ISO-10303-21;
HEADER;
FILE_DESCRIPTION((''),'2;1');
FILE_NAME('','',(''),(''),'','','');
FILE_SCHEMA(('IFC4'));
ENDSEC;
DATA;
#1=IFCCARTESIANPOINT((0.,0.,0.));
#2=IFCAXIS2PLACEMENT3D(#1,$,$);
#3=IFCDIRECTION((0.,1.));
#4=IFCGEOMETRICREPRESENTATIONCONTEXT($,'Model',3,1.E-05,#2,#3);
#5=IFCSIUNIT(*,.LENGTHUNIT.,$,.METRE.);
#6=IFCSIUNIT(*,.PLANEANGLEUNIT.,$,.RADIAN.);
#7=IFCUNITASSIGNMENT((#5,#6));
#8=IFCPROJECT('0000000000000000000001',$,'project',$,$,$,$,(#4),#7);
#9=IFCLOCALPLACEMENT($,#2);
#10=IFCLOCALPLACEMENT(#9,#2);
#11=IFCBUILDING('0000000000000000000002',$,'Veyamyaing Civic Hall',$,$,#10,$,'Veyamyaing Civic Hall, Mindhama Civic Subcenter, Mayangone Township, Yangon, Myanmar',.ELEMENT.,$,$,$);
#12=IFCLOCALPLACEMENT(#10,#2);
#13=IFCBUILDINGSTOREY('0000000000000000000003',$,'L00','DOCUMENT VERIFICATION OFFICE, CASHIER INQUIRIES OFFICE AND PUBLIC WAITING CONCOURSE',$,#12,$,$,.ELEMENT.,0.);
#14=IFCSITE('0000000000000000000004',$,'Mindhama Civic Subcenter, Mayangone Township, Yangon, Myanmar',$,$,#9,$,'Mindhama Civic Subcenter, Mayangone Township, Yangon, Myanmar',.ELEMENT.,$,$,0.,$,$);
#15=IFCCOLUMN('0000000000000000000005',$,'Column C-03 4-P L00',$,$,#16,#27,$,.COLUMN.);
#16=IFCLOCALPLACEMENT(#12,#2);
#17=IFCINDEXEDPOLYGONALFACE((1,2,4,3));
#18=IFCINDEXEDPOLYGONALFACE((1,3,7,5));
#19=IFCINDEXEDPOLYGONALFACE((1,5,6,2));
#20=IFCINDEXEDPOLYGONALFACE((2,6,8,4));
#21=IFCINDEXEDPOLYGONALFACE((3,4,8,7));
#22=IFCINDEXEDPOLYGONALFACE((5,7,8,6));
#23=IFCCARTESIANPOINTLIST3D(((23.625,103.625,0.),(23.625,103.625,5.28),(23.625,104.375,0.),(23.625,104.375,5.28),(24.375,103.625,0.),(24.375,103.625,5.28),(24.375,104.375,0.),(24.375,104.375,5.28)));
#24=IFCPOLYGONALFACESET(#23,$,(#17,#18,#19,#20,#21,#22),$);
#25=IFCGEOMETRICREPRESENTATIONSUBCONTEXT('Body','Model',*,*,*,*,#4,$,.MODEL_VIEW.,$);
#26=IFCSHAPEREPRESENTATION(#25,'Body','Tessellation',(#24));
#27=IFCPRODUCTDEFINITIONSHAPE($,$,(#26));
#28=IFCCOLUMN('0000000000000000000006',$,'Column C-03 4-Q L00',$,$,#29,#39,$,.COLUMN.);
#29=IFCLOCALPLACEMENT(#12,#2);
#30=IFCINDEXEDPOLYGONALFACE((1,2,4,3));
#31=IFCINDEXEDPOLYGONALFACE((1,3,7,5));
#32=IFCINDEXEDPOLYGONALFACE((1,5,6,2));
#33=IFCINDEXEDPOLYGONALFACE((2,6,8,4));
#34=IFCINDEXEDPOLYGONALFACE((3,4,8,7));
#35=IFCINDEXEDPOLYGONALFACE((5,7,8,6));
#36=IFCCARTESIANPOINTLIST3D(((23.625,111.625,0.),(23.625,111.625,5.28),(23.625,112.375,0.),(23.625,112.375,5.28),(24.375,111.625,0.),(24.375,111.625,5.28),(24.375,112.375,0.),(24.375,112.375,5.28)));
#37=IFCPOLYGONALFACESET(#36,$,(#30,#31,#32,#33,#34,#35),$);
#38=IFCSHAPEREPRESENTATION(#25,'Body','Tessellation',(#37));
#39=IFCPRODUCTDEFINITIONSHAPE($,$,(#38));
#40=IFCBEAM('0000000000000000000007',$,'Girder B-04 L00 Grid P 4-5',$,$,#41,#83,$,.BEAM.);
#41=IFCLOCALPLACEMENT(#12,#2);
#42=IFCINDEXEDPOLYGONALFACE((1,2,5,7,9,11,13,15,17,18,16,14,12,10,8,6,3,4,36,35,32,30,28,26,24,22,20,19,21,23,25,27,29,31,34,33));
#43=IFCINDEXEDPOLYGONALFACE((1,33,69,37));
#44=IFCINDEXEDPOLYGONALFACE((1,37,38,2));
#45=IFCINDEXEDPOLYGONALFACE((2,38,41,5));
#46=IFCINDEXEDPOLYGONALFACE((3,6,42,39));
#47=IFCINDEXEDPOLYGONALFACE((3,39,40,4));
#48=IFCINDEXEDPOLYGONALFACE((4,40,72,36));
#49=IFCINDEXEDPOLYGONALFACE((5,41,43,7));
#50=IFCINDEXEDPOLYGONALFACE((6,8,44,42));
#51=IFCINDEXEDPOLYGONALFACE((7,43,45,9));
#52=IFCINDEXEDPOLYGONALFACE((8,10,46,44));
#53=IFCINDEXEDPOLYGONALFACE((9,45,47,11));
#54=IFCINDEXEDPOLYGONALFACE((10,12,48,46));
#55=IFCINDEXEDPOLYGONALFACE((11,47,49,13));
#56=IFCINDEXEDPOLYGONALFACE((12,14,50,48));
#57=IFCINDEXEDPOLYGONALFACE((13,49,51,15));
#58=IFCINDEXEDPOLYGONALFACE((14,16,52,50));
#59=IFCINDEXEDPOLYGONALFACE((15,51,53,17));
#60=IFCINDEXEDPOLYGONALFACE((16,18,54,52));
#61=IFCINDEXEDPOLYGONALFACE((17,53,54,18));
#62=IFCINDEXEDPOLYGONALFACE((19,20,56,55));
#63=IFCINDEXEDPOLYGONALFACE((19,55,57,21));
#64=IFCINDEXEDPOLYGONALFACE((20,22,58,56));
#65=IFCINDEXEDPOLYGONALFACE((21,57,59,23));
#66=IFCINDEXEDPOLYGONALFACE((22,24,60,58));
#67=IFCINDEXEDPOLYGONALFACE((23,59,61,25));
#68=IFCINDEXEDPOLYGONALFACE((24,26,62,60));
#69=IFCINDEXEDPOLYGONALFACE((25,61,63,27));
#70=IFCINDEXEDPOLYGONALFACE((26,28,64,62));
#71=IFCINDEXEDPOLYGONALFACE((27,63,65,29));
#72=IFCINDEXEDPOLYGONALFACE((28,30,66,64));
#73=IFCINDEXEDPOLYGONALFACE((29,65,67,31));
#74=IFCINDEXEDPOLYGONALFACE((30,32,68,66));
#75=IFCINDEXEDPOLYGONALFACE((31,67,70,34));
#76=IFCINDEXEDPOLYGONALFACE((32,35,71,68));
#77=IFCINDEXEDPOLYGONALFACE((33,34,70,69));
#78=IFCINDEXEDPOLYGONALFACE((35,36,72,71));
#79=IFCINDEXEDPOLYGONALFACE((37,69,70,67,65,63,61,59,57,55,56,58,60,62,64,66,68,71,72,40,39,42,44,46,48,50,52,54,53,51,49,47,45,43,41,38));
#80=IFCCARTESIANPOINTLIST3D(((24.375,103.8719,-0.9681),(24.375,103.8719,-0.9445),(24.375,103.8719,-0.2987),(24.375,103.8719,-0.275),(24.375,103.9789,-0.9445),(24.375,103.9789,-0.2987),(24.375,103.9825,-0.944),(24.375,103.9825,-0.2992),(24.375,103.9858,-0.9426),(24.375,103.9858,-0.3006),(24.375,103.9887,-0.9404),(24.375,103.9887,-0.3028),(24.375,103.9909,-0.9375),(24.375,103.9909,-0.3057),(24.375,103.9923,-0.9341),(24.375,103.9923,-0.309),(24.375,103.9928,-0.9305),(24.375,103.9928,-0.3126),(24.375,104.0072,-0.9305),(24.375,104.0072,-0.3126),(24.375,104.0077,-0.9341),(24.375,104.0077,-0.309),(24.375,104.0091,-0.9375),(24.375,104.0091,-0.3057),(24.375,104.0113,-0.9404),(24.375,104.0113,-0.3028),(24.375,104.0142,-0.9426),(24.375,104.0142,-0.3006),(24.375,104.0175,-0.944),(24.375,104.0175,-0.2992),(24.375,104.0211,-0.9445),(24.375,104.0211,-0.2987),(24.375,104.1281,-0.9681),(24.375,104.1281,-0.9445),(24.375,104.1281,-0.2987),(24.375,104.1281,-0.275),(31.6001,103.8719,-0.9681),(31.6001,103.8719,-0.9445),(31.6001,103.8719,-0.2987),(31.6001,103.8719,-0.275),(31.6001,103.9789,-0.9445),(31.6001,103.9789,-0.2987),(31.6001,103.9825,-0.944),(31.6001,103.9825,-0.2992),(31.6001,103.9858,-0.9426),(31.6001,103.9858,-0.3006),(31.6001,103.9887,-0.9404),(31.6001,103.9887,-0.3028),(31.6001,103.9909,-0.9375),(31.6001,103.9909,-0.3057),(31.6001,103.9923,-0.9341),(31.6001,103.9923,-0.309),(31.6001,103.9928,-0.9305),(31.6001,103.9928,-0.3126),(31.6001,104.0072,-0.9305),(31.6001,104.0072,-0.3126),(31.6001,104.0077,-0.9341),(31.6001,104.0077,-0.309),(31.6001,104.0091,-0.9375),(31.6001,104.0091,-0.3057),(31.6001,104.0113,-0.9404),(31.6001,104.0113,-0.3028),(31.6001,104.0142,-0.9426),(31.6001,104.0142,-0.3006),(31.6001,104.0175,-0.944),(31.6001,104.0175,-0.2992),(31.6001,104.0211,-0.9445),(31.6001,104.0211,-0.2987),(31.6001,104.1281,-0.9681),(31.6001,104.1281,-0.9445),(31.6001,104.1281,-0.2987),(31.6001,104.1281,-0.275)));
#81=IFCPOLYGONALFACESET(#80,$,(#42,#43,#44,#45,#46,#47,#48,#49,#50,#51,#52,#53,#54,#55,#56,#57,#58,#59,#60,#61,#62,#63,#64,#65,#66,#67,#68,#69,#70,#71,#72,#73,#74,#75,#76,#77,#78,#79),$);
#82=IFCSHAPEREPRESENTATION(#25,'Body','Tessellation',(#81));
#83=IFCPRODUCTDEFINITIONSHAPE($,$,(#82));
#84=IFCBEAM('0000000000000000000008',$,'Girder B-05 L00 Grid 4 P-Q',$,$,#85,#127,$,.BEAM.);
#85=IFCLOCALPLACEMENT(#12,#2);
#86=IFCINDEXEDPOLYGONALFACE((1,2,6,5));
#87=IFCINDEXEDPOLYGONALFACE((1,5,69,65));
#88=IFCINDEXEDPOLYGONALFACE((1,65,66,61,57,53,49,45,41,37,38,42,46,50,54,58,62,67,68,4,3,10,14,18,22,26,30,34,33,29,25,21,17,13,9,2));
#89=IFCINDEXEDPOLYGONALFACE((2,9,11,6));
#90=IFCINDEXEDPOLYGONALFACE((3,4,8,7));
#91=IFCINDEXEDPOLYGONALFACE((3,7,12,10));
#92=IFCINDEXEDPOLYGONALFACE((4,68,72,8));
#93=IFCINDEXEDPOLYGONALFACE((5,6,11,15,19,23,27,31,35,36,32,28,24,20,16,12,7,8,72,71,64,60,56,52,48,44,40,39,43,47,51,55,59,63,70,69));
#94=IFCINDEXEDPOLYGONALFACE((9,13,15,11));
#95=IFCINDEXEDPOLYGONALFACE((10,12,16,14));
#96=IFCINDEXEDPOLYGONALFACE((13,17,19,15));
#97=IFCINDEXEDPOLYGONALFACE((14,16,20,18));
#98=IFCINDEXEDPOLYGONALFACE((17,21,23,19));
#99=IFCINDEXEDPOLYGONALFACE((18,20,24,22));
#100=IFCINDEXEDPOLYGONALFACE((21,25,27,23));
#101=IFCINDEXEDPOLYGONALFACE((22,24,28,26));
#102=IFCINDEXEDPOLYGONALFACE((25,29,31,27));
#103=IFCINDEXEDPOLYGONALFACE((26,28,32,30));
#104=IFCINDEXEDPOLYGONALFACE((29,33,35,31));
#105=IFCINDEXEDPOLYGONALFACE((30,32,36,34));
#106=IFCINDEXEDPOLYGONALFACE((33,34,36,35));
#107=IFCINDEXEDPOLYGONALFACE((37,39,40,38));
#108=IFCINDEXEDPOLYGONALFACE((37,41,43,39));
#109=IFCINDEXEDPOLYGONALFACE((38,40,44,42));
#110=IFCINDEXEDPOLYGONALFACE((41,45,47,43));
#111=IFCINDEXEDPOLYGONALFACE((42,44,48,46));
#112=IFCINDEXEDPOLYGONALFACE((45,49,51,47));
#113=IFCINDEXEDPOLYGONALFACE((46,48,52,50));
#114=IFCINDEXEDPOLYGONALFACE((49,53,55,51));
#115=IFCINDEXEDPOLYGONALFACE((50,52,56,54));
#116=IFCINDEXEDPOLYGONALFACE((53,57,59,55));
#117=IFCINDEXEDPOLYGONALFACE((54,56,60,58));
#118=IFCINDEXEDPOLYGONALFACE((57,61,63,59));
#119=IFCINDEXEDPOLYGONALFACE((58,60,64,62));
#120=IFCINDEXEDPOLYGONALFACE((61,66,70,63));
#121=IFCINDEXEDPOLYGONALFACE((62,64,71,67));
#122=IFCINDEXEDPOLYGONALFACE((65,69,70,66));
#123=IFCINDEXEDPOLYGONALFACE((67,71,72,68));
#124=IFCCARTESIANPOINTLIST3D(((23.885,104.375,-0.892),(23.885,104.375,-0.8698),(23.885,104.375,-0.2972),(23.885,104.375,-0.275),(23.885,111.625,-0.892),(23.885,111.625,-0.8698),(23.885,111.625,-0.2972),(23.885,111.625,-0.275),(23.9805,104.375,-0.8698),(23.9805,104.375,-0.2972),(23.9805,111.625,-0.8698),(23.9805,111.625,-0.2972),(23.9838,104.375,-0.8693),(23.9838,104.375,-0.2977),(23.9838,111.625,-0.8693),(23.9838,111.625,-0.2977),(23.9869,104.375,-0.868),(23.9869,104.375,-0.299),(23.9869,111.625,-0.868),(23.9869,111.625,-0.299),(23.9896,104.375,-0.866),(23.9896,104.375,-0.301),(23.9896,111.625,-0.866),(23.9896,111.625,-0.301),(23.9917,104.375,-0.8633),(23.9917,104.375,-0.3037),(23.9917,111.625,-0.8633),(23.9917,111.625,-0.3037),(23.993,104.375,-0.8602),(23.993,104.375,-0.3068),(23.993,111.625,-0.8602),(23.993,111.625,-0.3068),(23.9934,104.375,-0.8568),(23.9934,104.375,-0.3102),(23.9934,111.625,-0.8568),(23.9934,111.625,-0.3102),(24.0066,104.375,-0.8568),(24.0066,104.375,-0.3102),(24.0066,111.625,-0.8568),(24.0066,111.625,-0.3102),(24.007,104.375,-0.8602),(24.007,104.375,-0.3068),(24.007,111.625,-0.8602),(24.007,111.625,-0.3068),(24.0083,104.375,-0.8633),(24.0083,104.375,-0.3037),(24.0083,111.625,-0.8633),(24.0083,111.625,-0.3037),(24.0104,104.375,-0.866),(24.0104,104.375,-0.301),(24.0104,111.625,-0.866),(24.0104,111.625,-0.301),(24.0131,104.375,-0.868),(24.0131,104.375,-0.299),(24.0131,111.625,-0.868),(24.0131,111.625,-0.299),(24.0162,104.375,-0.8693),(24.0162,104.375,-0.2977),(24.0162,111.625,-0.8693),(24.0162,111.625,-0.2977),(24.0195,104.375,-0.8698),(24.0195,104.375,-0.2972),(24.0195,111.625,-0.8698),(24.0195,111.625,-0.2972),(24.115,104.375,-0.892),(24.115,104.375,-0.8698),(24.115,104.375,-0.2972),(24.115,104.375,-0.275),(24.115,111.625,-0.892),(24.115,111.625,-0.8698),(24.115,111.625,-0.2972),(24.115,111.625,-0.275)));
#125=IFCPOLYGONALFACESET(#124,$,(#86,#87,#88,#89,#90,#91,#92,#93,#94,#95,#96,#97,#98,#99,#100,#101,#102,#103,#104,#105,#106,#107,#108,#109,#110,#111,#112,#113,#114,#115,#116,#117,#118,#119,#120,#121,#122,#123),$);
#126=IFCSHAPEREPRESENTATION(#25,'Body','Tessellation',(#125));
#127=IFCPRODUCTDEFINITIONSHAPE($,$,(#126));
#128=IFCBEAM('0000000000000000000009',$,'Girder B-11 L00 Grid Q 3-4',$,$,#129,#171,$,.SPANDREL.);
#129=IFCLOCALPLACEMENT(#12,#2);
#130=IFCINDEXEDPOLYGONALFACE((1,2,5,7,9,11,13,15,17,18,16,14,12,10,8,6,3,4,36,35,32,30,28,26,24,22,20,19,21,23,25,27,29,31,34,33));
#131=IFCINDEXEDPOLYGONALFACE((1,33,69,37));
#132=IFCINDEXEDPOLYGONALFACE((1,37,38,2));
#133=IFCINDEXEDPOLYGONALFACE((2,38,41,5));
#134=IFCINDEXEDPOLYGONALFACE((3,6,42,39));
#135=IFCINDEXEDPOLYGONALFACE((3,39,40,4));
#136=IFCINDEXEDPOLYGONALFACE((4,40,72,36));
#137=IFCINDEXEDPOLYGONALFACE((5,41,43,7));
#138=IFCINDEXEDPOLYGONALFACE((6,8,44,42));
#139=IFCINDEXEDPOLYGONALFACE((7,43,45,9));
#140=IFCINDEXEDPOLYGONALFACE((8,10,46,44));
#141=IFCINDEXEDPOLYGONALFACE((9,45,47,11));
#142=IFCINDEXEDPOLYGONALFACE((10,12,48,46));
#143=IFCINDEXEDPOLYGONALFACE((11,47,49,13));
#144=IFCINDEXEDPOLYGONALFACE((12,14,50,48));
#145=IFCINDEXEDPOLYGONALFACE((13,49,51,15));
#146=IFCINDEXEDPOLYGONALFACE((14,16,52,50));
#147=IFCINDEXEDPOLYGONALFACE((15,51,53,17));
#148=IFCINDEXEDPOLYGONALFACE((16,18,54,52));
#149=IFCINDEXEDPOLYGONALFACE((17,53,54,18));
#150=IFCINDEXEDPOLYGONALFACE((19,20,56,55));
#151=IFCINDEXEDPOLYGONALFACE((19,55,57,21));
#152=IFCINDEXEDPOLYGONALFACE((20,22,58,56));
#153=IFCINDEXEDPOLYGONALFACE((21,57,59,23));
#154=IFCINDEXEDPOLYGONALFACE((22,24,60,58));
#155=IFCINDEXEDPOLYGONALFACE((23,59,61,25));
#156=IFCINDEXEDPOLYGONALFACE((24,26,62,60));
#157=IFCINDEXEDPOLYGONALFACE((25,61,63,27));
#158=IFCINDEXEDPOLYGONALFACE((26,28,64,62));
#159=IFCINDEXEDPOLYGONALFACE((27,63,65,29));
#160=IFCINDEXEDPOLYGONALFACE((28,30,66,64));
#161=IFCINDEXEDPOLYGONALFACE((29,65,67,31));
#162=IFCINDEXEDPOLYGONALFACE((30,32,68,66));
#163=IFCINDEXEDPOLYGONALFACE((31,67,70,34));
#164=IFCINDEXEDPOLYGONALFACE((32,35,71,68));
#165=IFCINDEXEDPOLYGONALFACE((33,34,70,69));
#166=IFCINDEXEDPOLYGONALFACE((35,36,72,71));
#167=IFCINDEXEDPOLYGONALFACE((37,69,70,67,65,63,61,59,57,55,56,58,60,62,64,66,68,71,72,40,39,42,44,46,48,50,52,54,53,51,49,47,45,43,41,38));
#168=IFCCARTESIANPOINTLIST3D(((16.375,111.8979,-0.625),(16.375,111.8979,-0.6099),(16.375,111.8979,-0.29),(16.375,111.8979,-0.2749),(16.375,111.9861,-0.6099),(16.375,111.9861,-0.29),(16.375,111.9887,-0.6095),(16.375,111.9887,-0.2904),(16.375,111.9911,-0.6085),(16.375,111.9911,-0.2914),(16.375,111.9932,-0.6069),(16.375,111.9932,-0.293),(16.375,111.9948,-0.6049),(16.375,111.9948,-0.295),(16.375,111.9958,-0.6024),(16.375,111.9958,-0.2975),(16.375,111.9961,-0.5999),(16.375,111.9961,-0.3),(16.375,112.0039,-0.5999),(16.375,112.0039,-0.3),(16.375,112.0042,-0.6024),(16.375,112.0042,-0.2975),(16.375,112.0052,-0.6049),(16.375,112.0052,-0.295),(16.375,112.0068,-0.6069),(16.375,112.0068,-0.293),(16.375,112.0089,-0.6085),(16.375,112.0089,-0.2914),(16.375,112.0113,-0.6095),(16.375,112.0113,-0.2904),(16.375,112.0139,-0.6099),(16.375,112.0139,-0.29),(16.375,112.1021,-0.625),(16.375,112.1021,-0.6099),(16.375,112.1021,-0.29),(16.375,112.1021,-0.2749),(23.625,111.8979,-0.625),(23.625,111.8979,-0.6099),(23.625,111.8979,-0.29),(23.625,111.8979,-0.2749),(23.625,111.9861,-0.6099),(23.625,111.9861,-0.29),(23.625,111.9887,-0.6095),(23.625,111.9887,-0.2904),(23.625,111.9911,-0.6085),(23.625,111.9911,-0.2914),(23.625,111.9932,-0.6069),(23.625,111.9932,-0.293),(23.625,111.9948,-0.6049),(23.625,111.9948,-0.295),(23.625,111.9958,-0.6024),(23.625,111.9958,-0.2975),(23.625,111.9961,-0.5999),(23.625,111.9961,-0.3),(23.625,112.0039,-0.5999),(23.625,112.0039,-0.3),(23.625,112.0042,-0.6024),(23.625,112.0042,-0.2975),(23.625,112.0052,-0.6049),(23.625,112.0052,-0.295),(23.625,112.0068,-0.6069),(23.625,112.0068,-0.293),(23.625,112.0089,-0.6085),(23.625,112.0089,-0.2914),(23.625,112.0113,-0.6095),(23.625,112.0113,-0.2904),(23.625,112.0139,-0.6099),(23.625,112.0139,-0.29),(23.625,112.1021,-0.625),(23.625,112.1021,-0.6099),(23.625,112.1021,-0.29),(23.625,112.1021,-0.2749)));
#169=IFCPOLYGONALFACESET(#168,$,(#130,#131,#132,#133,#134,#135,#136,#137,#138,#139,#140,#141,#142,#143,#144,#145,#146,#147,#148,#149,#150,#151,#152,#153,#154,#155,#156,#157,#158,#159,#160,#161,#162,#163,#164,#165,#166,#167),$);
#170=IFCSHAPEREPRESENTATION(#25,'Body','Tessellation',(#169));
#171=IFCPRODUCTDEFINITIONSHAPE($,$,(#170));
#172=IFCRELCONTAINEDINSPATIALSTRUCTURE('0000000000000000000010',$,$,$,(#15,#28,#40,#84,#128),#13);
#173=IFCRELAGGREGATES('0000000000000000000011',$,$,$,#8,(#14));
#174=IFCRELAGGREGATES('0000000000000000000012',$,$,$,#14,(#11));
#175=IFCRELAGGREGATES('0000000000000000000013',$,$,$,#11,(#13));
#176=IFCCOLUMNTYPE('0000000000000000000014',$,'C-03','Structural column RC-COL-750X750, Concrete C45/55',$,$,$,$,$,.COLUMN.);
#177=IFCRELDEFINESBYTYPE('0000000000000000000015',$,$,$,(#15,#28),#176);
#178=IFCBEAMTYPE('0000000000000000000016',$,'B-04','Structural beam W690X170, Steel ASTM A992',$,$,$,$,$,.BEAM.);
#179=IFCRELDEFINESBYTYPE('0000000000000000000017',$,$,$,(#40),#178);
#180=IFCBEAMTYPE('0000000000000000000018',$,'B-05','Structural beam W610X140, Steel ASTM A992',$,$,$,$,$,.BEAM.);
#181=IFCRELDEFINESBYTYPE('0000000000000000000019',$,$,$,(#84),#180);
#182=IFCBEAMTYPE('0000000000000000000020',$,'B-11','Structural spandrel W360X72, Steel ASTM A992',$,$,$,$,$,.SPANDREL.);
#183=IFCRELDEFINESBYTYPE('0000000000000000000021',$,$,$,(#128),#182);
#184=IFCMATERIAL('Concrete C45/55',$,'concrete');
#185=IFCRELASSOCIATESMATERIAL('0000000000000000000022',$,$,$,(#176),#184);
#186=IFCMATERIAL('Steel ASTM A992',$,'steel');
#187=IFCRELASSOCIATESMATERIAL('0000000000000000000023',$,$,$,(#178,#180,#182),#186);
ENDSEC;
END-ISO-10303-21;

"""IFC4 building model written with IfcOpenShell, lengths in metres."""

from ifc_helpers import new_model, si_unit, direction, frame, origin, origin_2d, place, context, subcontext, project, spatial, rectangle, i_section, extrude, material, material_profile, profile_set, type_object, element, save


model = new_model("IFC4")

# Units and contexts
model_context = context("Model", 3, precision=1e-05, world=origin(), true_north=direction((0.0, 1.0)))
body_context = subcontext(model_context, "Body", "Model", "MODEL_VIEW")
ifc_project = project(units=[si_unit("LENGTHUNIT", "METRE"), si_unit("PLANEANGLEUNIT", "RADIAN")], contexts=[model_context])

# Site, building, storey
site_placement = place(None, origin())
site = spatial("IfcSite", under=ifc_project, at=site_placement, Name="Mindhama Civic Subcenter, Mayangone Township, Yangon, Myanmar", LongName="Mindhama Civic Subcenter, Mayangone Township, Yangon, Myanmar", CompositionType="ELEMENT", RefElevation=0.0)
building_placement = place(site_placement, origin())
building = spatial("IfcBuilding", under=site, at=building_placement, Name="Veyamyaing Civic Hall", LongName="Veyamyaing Civic Hall, Mindhama Civic Subcenter, Mayangone Township, Yangon, Myanmar", CompositionType="ELEMENT")
storey_placement = place(building_placement, origin())
storey = spatial("IfcBuildingStorey", under=building, at=storey_placement, Name="L00", Description="DOCUMENT VERIFICATION OFFICE, CASHIER INQUIRIES OFFICE AND PUBLIC WAITING CONCOURSE", CompositionType="ELEMENT", Elevation=0.0)

# Columns
ifc_material_1 = material(Name="Concrete C45/55", Category="concrete")
ifc_material_profile_1 = material_profile(ifc_material_1, rectangle(XDim=0.75, YDim=0.75, at=origin_2d()), Name="RC-COL-750X750")
ifc_profile_set_1 = profile_set([ifc_material_profile_1], Name="Concrete C45/55")
column_type = type_object("IfcColumnType", Name="C-03", Description="Structural column RC-COL-750X750, Concrete C45/55", PredefinedType="COLUMN", material=ifc_profile_set_1)
for number, where, z_axis, x_axis, name in (
    (1, (24.0, 104.0, 0.0), (0.0, 0.0, 1.0), (1.0, 0.0, 0.0), "Column C-03 4-P L00"),
    (2, (24.0, 112.0, 0.0), (0.0, 0.0, 1.0), (1.0, 0.0, 0.0), "Column C-03 4-Q L00"),
):
    element("IfcColumn", number, at=place(storey_placement, frame(where, z_axis=z_axis, x_axis=x_axis)), inside=storey, type_object=column_type, Name=name, PredefinedType="COLUMN", context=body_context, shape_type="SweptSolid", body=[
        extrude(rectangle(XDim=0.75, YDim=0.75, at=origin_2d()), origin(), (0.0, 0.0, 1.0), 5.28),
    ])

# Beams
ifc_material_2 = material(Name="Steel ASTM A992", Category="steel")
ifc_material_profile_2 = material_profile(ifc_material_2, i_section(OverallWidth=0.2561, OverallDepth=0.6931, WebThickness=0.0144, FlangeThickness=0.0237, FilletRadius=0.0139, at=origin_2d()), Name="W690X170")
ifc_profile_set_2 = profile_set([ifc_material_profile_2], Name="Steel ASTM A992")
beam_type_1 = type_object("IfcBeamType", Name="B-04", Description="Structural beam W690X170, Steel ASTM A992", PredefinedType="BEAM", material=ifc_profile_set_2)
beam_1_placement = place(storey_placement, frame((24.375, 104.0, -0.6216), z_axis=(1.0, 0.0, 0.0), x_axis=(0.0, 1.0, 0.0)))
element("IfcBeam", 3, at=beam_1_placement, inside=storey, type_object=beam_type_1, Name="Girder B-04 L00 Grid P 4-5", PredefinedType="BEAM", context=body_context, shape_type="SweptSolid", body=[
    extrude(i_section(OverallWidth=0.2561, OverallDepth=0.6931, WebThickness=0.0144, FlangeThickness=0.0237, FilletRadius=0.0139, at=origin_2d()), origin(), (0.0, 0.0, 1.0), 7.2251),
])
ifc_material_profile_3 = material_profile(ifc_material_2, i_section(OverallWidth=0.23, OverallDepth=0.6169, WebThickness=0.0132, FlangeThickness=0.0222, FilletRadius=0.0129, at=origin_2d()), Name="W610X140")
ifc_profile_set_3 = profile_set([ifc_material_profile_3], Name="Steel ASTM A992")
beam_type_2 = type_object("IfcBeamType", Name="B-05", Description="Structural beam W610X140, Steel ASTM A992", PredefinedType="BEAM", material=ifc_profile_set_3)
beam_2_placement = place(storey_placement, frame((24.0, 104.375, -0.5835), z_axis=(0.0, 1.0, 0.0), x_axis=(-1.0, 0.0, 0.0)))
element("IfcBeam", 4, at=beam_2_placement, inside=storey, type_object=beam_type_2, Name="Girder B-05 L00 Grid 4 P-Q", PredefinedType="BEAM", context=body_context, shape_type="SweptSolid", body=[
    extrude(i_section(OverallWidth=0.23, OverallDepth=0.6169, WebThickness=0.0132, FlangeThickness=0.0222, FilletRadius=0.0129, at=origin_2d()), origin(), (0.0, 0.0, 1.0), 7.25),
])
ifc_material_profile_4 = material_profile(ifc_material_2, i_section(OverallWidth=0.2041, OverallDepth=0.3501, WebThickness=0.0078, FlangeThickness=0.0151, FilletRadius=0.01, at=origin_2d()), Name="W360X72")
ifc_profile_set_4 = profile_set([ifc_material_profile_4], Name="Steel ASTM A992")
beam_type_3 = type_object("IfcBeamType", Name="B-11", Description="Structural spandrel W360X72, Steel ASTM A992", PredefinedType="SPANDREL", material=ifc_profile_set_4)
beam_3_placement = place(storey_placement, frame((16.375, 112.0, -0.45), z_axis=(1.0, 0.0, 0.0), x_axis=(0.0, 1.0, 0.0)))
element("IfcBeam", 5, at=beam_3_placement, inside=storey, type_object=beam_type_3, Name="Girder B-11 L00 Grid Q 3-4", PredefinedType="SPANDREL", context=body_context, shape_type="SweptSolid", body=[
    extrude(i_section(OverallWidth=0.2041, OverallDepth=0.3501, WebThickness=0.0078, FlangeThickness=0.0151, FilletRadius=0.01, at=origin_2d()), origin(), (0.0, 0.0, 1.0), 7.25),
])

save(model, "model.ifc")
